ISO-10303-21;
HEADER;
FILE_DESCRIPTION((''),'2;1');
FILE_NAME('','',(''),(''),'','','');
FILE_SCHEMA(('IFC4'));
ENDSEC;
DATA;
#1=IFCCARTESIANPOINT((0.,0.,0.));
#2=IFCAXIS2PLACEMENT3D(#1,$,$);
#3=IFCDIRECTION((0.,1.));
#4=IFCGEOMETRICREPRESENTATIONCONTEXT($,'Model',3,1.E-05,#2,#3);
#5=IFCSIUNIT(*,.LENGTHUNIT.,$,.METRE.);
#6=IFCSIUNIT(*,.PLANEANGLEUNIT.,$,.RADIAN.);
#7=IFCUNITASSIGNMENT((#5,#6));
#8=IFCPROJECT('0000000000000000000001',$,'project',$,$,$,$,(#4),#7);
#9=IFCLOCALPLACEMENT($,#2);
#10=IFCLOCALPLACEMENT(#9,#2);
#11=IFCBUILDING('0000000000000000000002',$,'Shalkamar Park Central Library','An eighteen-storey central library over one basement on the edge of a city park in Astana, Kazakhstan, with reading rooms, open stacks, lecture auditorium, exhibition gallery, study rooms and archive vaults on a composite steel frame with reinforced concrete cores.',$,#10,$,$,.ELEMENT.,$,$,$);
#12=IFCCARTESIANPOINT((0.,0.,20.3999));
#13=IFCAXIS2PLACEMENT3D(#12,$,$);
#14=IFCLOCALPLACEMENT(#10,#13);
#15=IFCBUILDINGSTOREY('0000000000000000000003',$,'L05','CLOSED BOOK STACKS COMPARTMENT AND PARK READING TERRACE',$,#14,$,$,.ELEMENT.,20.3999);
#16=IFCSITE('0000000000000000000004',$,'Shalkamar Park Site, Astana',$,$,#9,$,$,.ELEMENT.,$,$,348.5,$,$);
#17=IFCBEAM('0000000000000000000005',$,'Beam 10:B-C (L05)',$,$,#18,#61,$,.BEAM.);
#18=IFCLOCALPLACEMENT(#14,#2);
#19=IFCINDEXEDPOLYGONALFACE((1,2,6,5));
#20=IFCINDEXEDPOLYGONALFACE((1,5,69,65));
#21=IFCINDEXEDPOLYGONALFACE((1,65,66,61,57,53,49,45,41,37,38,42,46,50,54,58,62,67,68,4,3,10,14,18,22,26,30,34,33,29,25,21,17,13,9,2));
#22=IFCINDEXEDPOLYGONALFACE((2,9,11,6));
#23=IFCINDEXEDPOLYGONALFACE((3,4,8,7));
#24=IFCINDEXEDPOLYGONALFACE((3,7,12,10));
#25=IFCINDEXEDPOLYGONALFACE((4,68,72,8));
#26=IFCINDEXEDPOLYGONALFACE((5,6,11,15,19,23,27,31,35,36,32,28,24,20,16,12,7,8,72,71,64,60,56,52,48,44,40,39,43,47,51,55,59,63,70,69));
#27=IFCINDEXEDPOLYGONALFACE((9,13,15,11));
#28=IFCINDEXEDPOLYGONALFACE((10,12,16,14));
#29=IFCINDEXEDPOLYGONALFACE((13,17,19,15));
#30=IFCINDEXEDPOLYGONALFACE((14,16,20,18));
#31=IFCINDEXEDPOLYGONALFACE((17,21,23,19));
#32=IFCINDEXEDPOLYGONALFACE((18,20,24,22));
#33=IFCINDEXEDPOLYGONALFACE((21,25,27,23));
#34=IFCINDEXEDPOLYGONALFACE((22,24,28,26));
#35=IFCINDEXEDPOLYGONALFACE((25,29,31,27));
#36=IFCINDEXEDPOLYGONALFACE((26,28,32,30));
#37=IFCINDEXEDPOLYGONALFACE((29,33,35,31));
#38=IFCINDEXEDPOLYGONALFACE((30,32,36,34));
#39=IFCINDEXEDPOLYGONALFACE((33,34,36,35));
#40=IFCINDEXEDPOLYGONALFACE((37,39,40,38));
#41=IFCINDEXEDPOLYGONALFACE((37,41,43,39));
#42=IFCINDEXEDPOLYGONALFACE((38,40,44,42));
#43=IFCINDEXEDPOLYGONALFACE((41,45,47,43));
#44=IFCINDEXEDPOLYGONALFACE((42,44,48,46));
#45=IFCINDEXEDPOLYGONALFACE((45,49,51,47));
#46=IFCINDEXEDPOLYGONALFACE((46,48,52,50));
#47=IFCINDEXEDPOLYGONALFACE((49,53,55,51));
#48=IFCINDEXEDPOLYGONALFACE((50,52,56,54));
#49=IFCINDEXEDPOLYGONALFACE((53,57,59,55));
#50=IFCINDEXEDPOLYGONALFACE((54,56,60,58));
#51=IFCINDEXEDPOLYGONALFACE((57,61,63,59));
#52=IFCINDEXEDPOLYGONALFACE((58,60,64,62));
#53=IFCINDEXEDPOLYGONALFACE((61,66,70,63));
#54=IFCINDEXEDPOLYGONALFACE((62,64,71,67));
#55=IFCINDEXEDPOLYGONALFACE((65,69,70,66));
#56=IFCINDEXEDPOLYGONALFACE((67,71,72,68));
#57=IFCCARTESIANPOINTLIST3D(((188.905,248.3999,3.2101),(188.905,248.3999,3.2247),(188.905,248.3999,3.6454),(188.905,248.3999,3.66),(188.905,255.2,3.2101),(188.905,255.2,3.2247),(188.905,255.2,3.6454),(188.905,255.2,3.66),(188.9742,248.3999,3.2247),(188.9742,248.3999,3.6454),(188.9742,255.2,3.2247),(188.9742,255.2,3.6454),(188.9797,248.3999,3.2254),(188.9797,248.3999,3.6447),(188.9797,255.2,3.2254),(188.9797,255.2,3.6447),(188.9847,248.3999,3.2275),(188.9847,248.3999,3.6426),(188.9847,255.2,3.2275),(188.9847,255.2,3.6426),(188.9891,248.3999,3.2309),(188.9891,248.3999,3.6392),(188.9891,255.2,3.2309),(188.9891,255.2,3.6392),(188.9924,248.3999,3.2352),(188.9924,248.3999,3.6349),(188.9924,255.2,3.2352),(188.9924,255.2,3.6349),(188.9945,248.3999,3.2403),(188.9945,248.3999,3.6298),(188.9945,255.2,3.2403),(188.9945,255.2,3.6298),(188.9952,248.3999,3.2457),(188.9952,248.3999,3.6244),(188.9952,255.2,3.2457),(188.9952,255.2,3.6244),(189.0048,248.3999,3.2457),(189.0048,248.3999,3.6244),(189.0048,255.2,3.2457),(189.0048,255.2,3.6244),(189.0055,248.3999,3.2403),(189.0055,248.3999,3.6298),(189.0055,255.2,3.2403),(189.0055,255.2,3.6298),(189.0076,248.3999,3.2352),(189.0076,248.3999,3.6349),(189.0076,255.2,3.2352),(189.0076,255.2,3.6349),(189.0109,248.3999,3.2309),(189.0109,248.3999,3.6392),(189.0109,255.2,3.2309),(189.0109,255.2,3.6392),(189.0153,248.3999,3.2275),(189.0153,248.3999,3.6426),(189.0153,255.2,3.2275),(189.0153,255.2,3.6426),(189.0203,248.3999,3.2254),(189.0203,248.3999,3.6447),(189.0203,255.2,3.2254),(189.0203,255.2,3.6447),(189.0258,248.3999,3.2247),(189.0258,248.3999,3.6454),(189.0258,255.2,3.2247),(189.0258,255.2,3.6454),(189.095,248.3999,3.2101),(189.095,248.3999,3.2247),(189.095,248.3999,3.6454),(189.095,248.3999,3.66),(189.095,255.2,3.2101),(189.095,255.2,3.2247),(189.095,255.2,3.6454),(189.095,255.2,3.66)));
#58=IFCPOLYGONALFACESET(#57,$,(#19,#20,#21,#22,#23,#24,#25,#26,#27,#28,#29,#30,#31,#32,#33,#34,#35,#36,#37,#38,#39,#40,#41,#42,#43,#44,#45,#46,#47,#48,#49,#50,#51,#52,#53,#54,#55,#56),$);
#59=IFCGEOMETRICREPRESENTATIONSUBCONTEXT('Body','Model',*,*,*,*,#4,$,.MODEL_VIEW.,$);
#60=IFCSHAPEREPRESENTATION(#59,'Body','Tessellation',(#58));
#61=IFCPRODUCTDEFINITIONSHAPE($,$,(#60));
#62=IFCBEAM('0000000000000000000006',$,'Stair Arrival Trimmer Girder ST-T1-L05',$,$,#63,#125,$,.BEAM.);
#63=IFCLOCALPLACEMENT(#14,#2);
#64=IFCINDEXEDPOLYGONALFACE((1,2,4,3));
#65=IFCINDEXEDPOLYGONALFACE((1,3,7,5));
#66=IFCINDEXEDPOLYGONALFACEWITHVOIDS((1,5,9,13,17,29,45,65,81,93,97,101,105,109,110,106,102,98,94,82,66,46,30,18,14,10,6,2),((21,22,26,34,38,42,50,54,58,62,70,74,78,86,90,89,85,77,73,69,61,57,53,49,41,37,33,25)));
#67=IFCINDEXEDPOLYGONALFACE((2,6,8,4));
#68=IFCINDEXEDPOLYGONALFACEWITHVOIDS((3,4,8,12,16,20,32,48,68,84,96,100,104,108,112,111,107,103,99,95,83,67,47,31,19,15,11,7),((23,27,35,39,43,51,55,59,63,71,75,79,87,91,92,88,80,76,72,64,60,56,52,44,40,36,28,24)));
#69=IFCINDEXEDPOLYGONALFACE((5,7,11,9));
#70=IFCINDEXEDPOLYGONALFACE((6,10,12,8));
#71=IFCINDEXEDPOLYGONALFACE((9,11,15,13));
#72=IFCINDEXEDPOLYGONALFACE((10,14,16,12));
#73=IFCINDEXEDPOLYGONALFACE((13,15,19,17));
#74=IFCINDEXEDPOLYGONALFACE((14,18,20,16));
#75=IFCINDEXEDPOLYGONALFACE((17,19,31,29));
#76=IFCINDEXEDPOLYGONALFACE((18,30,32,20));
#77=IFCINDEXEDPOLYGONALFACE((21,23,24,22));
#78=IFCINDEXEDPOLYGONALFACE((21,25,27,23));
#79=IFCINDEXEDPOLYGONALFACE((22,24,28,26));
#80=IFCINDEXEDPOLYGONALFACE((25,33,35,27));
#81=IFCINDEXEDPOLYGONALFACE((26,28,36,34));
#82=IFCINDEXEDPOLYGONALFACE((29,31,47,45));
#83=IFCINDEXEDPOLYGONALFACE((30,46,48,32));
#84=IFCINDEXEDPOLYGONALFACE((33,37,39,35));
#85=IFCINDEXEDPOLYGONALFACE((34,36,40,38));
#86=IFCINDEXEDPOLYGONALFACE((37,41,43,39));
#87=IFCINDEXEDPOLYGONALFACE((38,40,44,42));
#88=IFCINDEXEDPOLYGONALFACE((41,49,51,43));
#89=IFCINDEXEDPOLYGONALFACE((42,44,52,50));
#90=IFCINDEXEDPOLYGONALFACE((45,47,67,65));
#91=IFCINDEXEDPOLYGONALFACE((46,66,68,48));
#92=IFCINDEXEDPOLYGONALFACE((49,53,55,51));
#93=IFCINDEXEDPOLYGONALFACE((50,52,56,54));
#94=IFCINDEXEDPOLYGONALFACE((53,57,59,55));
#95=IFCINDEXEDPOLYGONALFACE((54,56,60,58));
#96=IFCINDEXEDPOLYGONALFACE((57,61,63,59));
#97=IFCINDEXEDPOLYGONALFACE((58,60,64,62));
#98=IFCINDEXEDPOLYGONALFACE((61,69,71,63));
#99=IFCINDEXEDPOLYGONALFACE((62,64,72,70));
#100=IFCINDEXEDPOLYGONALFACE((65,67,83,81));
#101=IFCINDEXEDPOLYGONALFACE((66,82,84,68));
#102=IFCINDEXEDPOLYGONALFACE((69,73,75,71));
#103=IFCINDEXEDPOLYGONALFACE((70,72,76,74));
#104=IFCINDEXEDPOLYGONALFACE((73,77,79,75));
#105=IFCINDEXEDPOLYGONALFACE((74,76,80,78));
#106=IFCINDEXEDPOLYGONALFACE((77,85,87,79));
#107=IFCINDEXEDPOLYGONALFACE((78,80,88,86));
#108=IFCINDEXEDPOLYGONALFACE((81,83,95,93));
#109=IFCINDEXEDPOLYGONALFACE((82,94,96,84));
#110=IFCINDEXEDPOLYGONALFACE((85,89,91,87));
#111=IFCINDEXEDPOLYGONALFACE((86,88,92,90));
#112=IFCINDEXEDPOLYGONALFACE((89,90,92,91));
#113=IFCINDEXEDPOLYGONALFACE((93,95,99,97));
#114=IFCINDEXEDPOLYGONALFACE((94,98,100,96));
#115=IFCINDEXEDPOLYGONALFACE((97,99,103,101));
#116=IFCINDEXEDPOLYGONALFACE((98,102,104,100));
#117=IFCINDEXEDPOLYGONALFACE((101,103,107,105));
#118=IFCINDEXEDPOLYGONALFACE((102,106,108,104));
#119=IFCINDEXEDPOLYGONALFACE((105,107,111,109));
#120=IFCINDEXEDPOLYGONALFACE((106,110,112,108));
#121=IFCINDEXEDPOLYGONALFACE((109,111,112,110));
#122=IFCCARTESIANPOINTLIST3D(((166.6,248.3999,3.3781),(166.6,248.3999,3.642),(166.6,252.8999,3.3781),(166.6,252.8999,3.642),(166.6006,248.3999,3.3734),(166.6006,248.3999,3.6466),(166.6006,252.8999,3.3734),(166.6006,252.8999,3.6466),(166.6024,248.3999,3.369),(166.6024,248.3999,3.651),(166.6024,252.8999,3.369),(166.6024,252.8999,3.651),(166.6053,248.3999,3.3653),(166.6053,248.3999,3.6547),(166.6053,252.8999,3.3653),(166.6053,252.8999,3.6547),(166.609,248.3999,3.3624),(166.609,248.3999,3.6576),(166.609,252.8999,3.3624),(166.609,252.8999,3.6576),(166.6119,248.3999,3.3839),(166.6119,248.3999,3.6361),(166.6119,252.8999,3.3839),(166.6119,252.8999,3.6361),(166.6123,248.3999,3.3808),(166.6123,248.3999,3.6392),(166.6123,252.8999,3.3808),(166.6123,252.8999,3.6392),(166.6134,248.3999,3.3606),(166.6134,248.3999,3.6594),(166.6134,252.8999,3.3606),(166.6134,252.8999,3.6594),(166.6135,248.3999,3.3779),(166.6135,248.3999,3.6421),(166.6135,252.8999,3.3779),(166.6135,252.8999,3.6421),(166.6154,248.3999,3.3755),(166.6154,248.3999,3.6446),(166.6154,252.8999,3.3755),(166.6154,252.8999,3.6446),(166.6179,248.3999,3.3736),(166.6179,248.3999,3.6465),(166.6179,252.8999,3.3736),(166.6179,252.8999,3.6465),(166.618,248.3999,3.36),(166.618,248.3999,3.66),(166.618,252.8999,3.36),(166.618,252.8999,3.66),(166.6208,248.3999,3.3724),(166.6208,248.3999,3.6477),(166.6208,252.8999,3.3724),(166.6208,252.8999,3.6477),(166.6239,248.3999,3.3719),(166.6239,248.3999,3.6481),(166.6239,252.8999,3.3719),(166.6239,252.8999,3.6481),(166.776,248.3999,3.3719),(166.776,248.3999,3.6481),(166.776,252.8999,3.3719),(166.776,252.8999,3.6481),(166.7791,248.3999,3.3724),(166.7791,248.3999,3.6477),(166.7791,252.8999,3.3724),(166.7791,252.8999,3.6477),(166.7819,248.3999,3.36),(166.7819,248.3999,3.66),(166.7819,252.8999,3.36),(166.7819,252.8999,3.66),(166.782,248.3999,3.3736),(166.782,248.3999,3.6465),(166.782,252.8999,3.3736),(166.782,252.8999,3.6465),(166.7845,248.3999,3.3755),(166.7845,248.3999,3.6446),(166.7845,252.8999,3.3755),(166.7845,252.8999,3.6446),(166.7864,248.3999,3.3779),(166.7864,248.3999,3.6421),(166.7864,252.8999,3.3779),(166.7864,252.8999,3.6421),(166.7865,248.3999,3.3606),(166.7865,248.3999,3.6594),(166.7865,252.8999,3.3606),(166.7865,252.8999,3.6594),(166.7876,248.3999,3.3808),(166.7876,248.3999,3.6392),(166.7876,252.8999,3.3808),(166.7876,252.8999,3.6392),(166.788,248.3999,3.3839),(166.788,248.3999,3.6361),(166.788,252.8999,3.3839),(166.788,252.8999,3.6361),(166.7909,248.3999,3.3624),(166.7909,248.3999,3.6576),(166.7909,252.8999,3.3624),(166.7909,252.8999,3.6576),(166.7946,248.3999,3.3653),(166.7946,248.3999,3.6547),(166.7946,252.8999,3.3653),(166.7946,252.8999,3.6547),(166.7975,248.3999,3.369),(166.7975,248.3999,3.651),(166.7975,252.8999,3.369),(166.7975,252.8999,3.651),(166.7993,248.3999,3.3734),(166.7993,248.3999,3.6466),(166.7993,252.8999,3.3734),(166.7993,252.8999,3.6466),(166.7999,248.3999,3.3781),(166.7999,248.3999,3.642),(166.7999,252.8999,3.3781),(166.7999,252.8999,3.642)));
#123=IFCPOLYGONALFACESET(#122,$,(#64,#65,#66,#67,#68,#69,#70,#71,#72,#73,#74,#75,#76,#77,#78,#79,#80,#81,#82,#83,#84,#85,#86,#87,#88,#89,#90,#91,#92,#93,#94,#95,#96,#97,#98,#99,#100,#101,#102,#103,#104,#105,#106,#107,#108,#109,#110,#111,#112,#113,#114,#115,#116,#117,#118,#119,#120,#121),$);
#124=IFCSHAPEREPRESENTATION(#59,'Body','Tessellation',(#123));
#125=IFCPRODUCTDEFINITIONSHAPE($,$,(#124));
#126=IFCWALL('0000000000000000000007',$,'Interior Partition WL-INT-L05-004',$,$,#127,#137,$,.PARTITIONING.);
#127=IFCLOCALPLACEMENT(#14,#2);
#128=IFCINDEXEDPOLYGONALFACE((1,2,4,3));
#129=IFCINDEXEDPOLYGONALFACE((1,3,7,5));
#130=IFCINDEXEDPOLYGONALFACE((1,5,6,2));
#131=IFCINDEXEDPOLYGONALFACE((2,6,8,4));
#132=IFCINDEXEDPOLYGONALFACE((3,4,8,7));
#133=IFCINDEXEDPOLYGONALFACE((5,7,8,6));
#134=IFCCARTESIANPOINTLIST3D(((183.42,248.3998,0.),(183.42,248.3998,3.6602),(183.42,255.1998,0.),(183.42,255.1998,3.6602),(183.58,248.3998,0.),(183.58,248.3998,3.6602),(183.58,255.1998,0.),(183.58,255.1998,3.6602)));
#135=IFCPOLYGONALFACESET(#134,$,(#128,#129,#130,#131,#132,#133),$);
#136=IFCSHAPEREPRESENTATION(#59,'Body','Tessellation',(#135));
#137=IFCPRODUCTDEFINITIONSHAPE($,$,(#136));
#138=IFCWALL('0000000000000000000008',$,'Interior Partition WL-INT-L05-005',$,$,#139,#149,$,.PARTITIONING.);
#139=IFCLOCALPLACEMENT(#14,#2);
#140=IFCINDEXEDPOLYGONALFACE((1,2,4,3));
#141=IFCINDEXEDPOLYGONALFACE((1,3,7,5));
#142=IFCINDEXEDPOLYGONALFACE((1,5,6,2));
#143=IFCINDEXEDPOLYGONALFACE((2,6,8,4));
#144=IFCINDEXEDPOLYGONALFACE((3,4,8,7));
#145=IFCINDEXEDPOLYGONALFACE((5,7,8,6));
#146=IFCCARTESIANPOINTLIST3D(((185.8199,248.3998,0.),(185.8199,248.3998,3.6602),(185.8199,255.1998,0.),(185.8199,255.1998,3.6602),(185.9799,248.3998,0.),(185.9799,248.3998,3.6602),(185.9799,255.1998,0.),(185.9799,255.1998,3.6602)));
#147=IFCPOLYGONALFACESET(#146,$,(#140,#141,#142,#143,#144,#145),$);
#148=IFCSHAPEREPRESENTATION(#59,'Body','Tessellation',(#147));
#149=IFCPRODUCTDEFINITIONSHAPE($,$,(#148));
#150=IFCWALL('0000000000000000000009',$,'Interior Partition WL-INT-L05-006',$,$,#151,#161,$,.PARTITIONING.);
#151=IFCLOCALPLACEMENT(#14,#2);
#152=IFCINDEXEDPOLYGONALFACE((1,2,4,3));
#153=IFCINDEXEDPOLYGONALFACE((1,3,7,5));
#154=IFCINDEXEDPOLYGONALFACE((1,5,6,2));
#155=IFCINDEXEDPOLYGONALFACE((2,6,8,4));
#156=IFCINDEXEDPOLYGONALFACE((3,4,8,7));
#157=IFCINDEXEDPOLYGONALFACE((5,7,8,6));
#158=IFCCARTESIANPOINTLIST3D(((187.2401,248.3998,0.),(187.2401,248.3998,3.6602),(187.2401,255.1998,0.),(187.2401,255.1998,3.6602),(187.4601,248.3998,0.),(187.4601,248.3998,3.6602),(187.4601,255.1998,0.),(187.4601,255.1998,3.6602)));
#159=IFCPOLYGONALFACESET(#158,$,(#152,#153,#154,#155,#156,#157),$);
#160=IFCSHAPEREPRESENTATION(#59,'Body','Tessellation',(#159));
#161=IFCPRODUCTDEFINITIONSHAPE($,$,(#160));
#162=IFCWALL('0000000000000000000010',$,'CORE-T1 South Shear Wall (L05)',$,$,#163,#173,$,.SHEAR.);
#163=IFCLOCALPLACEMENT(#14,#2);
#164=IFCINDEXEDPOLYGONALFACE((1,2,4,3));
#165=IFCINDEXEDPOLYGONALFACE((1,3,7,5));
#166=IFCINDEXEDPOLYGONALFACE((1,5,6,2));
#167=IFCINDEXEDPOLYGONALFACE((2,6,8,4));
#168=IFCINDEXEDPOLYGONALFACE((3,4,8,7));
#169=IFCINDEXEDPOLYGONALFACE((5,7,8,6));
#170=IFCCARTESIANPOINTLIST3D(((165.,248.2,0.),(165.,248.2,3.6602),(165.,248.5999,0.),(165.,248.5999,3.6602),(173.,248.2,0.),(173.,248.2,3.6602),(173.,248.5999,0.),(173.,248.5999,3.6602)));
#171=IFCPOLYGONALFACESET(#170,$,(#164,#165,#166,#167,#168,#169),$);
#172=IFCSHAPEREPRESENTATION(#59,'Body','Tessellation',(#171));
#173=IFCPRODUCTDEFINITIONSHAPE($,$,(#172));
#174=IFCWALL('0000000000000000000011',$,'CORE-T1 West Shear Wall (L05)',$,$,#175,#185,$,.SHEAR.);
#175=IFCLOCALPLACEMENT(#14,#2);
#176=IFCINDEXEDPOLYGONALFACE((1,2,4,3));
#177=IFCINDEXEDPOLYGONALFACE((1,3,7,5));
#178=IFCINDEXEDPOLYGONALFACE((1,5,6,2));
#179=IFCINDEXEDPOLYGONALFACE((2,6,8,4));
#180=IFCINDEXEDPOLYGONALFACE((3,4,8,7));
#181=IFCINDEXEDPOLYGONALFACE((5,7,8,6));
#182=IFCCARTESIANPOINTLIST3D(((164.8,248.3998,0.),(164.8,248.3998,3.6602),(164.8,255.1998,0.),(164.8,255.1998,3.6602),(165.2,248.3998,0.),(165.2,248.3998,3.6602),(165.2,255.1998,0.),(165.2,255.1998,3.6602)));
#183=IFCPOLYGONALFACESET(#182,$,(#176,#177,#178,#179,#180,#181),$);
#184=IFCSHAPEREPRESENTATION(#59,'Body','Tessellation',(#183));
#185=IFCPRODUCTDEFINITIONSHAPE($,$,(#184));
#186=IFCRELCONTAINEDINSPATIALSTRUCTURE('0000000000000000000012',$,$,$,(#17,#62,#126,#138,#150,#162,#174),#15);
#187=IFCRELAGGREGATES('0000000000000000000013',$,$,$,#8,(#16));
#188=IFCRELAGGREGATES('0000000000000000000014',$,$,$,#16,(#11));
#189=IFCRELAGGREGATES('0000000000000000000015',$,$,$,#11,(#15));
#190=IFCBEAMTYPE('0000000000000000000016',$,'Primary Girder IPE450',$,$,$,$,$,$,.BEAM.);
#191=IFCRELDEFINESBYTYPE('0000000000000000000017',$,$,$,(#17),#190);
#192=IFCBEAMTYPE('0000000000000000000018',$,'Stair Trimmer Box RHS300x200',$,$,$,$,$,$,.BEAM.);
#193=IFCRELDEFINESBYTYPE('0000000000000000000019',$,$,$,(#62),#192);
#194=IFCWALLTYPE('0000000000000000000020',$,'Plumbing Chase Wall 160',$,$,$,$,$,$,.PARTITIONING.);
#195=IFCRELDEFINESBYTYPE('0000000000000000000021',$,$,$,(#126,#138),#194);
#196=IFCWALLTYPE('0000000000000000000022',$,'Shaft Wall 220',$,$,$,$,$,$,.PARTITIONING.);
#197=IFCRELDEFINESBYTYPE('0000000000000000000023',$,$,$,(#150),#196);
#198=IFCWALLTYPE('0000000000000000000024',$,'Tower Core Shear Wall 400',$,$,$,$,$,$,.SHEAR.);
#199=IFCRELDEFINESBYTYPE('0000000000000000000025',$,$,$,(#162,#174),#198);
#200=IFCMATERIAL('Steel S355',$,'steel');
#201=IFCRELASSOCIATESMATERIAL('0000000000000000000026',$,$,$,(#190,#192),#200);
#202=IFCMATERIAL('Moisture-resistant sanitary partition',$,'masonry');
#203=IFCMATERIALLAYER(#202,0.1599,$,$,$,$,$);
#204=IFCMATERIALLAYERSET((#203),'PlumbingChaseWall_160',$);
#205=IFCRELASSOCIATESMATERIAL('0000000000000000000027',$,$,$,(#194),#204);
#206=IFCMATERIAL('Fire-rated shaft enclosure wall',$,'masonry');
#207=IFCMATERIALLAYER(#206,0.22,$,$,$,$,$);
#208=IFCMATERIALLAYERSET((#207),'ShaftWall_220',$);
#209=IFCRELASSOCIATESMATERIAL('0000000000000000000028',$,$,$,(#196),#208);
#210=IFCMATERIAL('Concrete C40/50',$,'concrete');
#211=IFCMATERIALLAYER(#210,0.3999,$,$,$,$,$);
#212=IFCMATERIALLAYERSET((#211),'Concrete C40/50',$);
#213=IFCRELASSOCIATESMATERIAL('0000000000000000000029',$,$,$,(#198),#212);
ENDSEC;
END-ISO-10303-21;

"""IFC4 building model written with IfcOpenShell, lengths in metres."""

from ifc_helpers import new_model, si_unit, direction, frame, frame_2d, origin, origin_2d, place, context, subcontext, project, spatial, rectangle, hollow_rectangle, i_section, extrude, material, layer, layer_set, material_profile, profile_set, type_object, element, save


model = new_model("IFC4")

# Units and contexts
model_context = context("Model", 3, precision=1e-05, world=origin(), true_north=direction((0.0, 1.0)))
body_context = subcontext(model_context, "Body", "Model", "MODEL_VIEW")
ifc_project = project(units=[si_unit("LENGTHUNIT", "METRE"), si_unit("PLANEANGLEUNIT", "RADIAN")], contexts=[model_context])

# Site, building, storey
site_placement = place(None, origin())
site = spatial("IfcSite", under=ifc_project, at=site_placement, Name="Shalkamar Park Site, Astana", CompositionType="ELEMENT", RefElevation=348.5)
building_placement = place(site_placement, origin())
building = spatial("IfcBuilding", under=site, at=building_placement, Name="Shalkamar Park Central Library", Description="An eighteen-storey central library over one basement on the edge of a city park in Astana, Kazakhstan, with reading rooms, open stacks, lecture auditorium, exhibition gallery, study rooms and archive vaults on a composite steel frame with reinforced concrete cores.", CompositionType="ELEMENT")
storey_placement = place(building_placement, frame((0.0, 0.0, 20.3999)))
storey = spatial("IfcBuildingStorey", under=building, at=storey_placement, Name="L05", Description="CLOSED BOOK STACKS COMPARTMENT AND PARK READING TERRACE", CompositionType="ELEMENT", Elevation=20.3999)

# Shared definitions
ifc_material_1 = material(Name="Steel S355", Category="steel")

# Beams
ifc_material_profile_1 = material_profile(ifc_material_1, i_section(OverallWidth=0.1899, OverallDepth=0.45, WebThickness=0.0095, FlangeThickness=0.0146, FilletRadius=0.021, at=origin_2d()), Name="IPE 450")
ifc_profile_set_1 = profile_set([ifc_material_profile_1], Name="Steel S355")
beam_type_1 = type_object("IfcBeamType", Name="Primary Girder IPE450", PredefinedType="BEAM", material=ifc_profile_set_1)
for number, where, z_axis, x_axis, name in (
    (1, (189.0, 248.3999, 3.4351), (0.0, 1.0, 0.0), (-1.0, 0.0, 0.0), "Beam 10:B-C (L05)"),
):
    element("IfcBeam", number, at=place(storey_placement, frame(where, z_axis=z_axis, x_axis=x_axis)), inside=storey, type_object=beam_type_1, Name=name, PredefinedType="BEAM", context=body_context, shape_type="SweptSolid", body=[
        extrude(i_section(OverallWidth=0.1899, OverallDepth=0.45, WebThickness=0.0095, FlangeThickness=0.0146, FilletRadius=0.021, at=origin_2d()), origin(), (0.0, 0.0, 1.0), 6.8),
    ])
ifc_material_profile_2 = material_profile(ifc_material_1, hollow_rectangle(XDim=0.2, YDim=0.3, WallThickness=0.012, InnerFilletRadius=0.012, OuterFilletRadius=0.0181, at=origin_2d()), Name="RHS 300x200x12")
ifc_profile_set_2 = profile_set([ifc_material_profile_2], Name="Steel S355")
beam_type_2 = type_object("IfcBeamType", Name="Stair Trimmer Box RHS300x200", PredefinedType="BEAM", material=ifc_profile_set_2)
beam_placement = place(storey_placement, frame((166.7, 248.3999, 3.51), z_axis=(0.0, 1.0, 0.0), x_axis=(-1.0, 0.0, 0.0)))
element("IfcBeam", 2, at=beam_placement, inside=storey, type_object=beam_type_2, Name="Stair Arrival Trimmer Girder ST-T1-L05", PredefinedType="BEAM", context=body_context, shape_type="SweptSolid", body=[
    extrude(hollow_rectangle(XDim=0.2, YDim=0.3, WallThickness=0.012, InnerFilletRadius=0.012, OuterFilletRadius=0.0181, at=origin_2d()), origin(), (0.0, 0.0, 1.0), 4.5),
])

# Walls
ifc_material_2 = material(Name="Moisture-resistant sanitary partition", Category="masonry")
ifc_layer_1 = layer(ifc_material_2, 0.1599)
ifc_layer_set_1 = layer_set([ifc_layer_1], Name="PlumbingChaseWall_160")
wall_type_1 = type_object("IfcWallType", Name="Plumbing Chase Wall 160", PredefinedType="PARTITIONING", material=ifc_layer_set_1)
for number, where, z_axis, x_axis, name in (
    (3, (183.5, 248.3999, 0.0), (0.0, 0.0, 1.0), (0.0, 1.0, 0.0), "Interior Partition WL-INT-L05-004"),
    (4, (185.8999, 248.3999, 0.0), (0.0, 0.0, 1.0), (0.0, 1.0, 0.0), "Interior Partition WL-INT-L05-005"),
):
    element("IfcWall", number, at=place(storey_placement, frame(where, z_axis=z_axis, x_axis=x_axis)), inside=storey, type_object=wall_type_1, Name=name, PredefinedType="PARTITIONING", context=body_context, shape_type="SweptSolid", body=[
        extrude(rectangle(XDim=6.8, YDim=0.1599, at=frame_2d((3.3999, 0.0))), origin(), (0.0, 0.0, 1.0), 3.6602),
    ])
ifc_material_3 = material(Name="Fire-rated shaft enclosure wall", Category="masonry")
ifc_layer_2 = layer(ifc_material_3, 0.22)
ifc_layer_set_2 = layer_set([ifc_layer_2], Name="ShaftWall_220")
wall_type_2 = type_object("IfcWallType", Name="Shaft Wall 220", PredefinedType="PARTITIONING", material=ifc_layer_set_2)
wall_1_placement = place(storey_placement, frame((187.3501, 248.3999, 0.0), z_axis=(0.0, 0.0, 1.0), x_axis=(0.0, 1.0, 0.0)))
element("IfcWall", 5, at=wall_1_placement, inside=storey, type_object=wall_type_2, Name="Interior Partition WL-INT-L05-006", PredefinedType="PARTITIONING", context=body_context, shape_type="SweptSolid", body=[
    extrude(rectangle(XDim=6.8, YDim=0.22, at=frame_2d((3.3999, 0.0))), origin(), (0.0, 0.0, 1.0), 3.6602),
])
ifc_material_4 = material(Name="Concrete C40/50", Category="concrete")
ifc_layer_3 = layer(ifc_material_4, 0.3999)
ifc_layer_set_3 = layer_set([ifc_layer_3], Name="Concrete C40/50")
wall_type_3 = type_object("IfcWallType", Name="Tower Core Shear Wall 400", PredefinedType="SHEAR", material=ifc_layer_set_3)
wall_2_placement = place(storey_placement, frame((165.0, 248.3999, 0.0), z_axis=(0.0, 0.0, 1.0), x_axis=(1.0, 0.0, 0.0)))
element("IfcWall", 6, at=wall_2_placement, inside=storey, type_object=wall_type_3, Name="CORE-T1 South Shear Wall (L05)", PredefinedType="SHEAR", context=body_context, shape_type="SweptSolid", body=[
    extrude(rectangle(XDim=8.0, YDim=0.3999, at=frame_2d((4.0, 0.0))), origin(), (0.0, 0.0, 1.0), 3.6602),
])
for number, where, z_axis, x_axis, name in (
    (7, (165.0, 248.3999, 0.0), (0.0, 0.0, 1.0), (0.0, 1.0, 0.0), "CORE-T1 West Shear Wall (L05)"),
):
    element("IfcWall", number, at=place(storey_placement, frame(where, z_axis=z_axis, x_axis=x_axis)), inside=storey, type_object=wall_type_3, Name=name, PredefinedType="SHEAR", context=body_context, shape_type="SweptSolid", body=[
        extrude(rectangle(XDim=6.8, YDim=0.3999, at=frame_2d((3.3999, 0.0))), origin(), (0.0, 0.0, 1.0), 3.6602),
    ])

save(model, "model.ifc")
